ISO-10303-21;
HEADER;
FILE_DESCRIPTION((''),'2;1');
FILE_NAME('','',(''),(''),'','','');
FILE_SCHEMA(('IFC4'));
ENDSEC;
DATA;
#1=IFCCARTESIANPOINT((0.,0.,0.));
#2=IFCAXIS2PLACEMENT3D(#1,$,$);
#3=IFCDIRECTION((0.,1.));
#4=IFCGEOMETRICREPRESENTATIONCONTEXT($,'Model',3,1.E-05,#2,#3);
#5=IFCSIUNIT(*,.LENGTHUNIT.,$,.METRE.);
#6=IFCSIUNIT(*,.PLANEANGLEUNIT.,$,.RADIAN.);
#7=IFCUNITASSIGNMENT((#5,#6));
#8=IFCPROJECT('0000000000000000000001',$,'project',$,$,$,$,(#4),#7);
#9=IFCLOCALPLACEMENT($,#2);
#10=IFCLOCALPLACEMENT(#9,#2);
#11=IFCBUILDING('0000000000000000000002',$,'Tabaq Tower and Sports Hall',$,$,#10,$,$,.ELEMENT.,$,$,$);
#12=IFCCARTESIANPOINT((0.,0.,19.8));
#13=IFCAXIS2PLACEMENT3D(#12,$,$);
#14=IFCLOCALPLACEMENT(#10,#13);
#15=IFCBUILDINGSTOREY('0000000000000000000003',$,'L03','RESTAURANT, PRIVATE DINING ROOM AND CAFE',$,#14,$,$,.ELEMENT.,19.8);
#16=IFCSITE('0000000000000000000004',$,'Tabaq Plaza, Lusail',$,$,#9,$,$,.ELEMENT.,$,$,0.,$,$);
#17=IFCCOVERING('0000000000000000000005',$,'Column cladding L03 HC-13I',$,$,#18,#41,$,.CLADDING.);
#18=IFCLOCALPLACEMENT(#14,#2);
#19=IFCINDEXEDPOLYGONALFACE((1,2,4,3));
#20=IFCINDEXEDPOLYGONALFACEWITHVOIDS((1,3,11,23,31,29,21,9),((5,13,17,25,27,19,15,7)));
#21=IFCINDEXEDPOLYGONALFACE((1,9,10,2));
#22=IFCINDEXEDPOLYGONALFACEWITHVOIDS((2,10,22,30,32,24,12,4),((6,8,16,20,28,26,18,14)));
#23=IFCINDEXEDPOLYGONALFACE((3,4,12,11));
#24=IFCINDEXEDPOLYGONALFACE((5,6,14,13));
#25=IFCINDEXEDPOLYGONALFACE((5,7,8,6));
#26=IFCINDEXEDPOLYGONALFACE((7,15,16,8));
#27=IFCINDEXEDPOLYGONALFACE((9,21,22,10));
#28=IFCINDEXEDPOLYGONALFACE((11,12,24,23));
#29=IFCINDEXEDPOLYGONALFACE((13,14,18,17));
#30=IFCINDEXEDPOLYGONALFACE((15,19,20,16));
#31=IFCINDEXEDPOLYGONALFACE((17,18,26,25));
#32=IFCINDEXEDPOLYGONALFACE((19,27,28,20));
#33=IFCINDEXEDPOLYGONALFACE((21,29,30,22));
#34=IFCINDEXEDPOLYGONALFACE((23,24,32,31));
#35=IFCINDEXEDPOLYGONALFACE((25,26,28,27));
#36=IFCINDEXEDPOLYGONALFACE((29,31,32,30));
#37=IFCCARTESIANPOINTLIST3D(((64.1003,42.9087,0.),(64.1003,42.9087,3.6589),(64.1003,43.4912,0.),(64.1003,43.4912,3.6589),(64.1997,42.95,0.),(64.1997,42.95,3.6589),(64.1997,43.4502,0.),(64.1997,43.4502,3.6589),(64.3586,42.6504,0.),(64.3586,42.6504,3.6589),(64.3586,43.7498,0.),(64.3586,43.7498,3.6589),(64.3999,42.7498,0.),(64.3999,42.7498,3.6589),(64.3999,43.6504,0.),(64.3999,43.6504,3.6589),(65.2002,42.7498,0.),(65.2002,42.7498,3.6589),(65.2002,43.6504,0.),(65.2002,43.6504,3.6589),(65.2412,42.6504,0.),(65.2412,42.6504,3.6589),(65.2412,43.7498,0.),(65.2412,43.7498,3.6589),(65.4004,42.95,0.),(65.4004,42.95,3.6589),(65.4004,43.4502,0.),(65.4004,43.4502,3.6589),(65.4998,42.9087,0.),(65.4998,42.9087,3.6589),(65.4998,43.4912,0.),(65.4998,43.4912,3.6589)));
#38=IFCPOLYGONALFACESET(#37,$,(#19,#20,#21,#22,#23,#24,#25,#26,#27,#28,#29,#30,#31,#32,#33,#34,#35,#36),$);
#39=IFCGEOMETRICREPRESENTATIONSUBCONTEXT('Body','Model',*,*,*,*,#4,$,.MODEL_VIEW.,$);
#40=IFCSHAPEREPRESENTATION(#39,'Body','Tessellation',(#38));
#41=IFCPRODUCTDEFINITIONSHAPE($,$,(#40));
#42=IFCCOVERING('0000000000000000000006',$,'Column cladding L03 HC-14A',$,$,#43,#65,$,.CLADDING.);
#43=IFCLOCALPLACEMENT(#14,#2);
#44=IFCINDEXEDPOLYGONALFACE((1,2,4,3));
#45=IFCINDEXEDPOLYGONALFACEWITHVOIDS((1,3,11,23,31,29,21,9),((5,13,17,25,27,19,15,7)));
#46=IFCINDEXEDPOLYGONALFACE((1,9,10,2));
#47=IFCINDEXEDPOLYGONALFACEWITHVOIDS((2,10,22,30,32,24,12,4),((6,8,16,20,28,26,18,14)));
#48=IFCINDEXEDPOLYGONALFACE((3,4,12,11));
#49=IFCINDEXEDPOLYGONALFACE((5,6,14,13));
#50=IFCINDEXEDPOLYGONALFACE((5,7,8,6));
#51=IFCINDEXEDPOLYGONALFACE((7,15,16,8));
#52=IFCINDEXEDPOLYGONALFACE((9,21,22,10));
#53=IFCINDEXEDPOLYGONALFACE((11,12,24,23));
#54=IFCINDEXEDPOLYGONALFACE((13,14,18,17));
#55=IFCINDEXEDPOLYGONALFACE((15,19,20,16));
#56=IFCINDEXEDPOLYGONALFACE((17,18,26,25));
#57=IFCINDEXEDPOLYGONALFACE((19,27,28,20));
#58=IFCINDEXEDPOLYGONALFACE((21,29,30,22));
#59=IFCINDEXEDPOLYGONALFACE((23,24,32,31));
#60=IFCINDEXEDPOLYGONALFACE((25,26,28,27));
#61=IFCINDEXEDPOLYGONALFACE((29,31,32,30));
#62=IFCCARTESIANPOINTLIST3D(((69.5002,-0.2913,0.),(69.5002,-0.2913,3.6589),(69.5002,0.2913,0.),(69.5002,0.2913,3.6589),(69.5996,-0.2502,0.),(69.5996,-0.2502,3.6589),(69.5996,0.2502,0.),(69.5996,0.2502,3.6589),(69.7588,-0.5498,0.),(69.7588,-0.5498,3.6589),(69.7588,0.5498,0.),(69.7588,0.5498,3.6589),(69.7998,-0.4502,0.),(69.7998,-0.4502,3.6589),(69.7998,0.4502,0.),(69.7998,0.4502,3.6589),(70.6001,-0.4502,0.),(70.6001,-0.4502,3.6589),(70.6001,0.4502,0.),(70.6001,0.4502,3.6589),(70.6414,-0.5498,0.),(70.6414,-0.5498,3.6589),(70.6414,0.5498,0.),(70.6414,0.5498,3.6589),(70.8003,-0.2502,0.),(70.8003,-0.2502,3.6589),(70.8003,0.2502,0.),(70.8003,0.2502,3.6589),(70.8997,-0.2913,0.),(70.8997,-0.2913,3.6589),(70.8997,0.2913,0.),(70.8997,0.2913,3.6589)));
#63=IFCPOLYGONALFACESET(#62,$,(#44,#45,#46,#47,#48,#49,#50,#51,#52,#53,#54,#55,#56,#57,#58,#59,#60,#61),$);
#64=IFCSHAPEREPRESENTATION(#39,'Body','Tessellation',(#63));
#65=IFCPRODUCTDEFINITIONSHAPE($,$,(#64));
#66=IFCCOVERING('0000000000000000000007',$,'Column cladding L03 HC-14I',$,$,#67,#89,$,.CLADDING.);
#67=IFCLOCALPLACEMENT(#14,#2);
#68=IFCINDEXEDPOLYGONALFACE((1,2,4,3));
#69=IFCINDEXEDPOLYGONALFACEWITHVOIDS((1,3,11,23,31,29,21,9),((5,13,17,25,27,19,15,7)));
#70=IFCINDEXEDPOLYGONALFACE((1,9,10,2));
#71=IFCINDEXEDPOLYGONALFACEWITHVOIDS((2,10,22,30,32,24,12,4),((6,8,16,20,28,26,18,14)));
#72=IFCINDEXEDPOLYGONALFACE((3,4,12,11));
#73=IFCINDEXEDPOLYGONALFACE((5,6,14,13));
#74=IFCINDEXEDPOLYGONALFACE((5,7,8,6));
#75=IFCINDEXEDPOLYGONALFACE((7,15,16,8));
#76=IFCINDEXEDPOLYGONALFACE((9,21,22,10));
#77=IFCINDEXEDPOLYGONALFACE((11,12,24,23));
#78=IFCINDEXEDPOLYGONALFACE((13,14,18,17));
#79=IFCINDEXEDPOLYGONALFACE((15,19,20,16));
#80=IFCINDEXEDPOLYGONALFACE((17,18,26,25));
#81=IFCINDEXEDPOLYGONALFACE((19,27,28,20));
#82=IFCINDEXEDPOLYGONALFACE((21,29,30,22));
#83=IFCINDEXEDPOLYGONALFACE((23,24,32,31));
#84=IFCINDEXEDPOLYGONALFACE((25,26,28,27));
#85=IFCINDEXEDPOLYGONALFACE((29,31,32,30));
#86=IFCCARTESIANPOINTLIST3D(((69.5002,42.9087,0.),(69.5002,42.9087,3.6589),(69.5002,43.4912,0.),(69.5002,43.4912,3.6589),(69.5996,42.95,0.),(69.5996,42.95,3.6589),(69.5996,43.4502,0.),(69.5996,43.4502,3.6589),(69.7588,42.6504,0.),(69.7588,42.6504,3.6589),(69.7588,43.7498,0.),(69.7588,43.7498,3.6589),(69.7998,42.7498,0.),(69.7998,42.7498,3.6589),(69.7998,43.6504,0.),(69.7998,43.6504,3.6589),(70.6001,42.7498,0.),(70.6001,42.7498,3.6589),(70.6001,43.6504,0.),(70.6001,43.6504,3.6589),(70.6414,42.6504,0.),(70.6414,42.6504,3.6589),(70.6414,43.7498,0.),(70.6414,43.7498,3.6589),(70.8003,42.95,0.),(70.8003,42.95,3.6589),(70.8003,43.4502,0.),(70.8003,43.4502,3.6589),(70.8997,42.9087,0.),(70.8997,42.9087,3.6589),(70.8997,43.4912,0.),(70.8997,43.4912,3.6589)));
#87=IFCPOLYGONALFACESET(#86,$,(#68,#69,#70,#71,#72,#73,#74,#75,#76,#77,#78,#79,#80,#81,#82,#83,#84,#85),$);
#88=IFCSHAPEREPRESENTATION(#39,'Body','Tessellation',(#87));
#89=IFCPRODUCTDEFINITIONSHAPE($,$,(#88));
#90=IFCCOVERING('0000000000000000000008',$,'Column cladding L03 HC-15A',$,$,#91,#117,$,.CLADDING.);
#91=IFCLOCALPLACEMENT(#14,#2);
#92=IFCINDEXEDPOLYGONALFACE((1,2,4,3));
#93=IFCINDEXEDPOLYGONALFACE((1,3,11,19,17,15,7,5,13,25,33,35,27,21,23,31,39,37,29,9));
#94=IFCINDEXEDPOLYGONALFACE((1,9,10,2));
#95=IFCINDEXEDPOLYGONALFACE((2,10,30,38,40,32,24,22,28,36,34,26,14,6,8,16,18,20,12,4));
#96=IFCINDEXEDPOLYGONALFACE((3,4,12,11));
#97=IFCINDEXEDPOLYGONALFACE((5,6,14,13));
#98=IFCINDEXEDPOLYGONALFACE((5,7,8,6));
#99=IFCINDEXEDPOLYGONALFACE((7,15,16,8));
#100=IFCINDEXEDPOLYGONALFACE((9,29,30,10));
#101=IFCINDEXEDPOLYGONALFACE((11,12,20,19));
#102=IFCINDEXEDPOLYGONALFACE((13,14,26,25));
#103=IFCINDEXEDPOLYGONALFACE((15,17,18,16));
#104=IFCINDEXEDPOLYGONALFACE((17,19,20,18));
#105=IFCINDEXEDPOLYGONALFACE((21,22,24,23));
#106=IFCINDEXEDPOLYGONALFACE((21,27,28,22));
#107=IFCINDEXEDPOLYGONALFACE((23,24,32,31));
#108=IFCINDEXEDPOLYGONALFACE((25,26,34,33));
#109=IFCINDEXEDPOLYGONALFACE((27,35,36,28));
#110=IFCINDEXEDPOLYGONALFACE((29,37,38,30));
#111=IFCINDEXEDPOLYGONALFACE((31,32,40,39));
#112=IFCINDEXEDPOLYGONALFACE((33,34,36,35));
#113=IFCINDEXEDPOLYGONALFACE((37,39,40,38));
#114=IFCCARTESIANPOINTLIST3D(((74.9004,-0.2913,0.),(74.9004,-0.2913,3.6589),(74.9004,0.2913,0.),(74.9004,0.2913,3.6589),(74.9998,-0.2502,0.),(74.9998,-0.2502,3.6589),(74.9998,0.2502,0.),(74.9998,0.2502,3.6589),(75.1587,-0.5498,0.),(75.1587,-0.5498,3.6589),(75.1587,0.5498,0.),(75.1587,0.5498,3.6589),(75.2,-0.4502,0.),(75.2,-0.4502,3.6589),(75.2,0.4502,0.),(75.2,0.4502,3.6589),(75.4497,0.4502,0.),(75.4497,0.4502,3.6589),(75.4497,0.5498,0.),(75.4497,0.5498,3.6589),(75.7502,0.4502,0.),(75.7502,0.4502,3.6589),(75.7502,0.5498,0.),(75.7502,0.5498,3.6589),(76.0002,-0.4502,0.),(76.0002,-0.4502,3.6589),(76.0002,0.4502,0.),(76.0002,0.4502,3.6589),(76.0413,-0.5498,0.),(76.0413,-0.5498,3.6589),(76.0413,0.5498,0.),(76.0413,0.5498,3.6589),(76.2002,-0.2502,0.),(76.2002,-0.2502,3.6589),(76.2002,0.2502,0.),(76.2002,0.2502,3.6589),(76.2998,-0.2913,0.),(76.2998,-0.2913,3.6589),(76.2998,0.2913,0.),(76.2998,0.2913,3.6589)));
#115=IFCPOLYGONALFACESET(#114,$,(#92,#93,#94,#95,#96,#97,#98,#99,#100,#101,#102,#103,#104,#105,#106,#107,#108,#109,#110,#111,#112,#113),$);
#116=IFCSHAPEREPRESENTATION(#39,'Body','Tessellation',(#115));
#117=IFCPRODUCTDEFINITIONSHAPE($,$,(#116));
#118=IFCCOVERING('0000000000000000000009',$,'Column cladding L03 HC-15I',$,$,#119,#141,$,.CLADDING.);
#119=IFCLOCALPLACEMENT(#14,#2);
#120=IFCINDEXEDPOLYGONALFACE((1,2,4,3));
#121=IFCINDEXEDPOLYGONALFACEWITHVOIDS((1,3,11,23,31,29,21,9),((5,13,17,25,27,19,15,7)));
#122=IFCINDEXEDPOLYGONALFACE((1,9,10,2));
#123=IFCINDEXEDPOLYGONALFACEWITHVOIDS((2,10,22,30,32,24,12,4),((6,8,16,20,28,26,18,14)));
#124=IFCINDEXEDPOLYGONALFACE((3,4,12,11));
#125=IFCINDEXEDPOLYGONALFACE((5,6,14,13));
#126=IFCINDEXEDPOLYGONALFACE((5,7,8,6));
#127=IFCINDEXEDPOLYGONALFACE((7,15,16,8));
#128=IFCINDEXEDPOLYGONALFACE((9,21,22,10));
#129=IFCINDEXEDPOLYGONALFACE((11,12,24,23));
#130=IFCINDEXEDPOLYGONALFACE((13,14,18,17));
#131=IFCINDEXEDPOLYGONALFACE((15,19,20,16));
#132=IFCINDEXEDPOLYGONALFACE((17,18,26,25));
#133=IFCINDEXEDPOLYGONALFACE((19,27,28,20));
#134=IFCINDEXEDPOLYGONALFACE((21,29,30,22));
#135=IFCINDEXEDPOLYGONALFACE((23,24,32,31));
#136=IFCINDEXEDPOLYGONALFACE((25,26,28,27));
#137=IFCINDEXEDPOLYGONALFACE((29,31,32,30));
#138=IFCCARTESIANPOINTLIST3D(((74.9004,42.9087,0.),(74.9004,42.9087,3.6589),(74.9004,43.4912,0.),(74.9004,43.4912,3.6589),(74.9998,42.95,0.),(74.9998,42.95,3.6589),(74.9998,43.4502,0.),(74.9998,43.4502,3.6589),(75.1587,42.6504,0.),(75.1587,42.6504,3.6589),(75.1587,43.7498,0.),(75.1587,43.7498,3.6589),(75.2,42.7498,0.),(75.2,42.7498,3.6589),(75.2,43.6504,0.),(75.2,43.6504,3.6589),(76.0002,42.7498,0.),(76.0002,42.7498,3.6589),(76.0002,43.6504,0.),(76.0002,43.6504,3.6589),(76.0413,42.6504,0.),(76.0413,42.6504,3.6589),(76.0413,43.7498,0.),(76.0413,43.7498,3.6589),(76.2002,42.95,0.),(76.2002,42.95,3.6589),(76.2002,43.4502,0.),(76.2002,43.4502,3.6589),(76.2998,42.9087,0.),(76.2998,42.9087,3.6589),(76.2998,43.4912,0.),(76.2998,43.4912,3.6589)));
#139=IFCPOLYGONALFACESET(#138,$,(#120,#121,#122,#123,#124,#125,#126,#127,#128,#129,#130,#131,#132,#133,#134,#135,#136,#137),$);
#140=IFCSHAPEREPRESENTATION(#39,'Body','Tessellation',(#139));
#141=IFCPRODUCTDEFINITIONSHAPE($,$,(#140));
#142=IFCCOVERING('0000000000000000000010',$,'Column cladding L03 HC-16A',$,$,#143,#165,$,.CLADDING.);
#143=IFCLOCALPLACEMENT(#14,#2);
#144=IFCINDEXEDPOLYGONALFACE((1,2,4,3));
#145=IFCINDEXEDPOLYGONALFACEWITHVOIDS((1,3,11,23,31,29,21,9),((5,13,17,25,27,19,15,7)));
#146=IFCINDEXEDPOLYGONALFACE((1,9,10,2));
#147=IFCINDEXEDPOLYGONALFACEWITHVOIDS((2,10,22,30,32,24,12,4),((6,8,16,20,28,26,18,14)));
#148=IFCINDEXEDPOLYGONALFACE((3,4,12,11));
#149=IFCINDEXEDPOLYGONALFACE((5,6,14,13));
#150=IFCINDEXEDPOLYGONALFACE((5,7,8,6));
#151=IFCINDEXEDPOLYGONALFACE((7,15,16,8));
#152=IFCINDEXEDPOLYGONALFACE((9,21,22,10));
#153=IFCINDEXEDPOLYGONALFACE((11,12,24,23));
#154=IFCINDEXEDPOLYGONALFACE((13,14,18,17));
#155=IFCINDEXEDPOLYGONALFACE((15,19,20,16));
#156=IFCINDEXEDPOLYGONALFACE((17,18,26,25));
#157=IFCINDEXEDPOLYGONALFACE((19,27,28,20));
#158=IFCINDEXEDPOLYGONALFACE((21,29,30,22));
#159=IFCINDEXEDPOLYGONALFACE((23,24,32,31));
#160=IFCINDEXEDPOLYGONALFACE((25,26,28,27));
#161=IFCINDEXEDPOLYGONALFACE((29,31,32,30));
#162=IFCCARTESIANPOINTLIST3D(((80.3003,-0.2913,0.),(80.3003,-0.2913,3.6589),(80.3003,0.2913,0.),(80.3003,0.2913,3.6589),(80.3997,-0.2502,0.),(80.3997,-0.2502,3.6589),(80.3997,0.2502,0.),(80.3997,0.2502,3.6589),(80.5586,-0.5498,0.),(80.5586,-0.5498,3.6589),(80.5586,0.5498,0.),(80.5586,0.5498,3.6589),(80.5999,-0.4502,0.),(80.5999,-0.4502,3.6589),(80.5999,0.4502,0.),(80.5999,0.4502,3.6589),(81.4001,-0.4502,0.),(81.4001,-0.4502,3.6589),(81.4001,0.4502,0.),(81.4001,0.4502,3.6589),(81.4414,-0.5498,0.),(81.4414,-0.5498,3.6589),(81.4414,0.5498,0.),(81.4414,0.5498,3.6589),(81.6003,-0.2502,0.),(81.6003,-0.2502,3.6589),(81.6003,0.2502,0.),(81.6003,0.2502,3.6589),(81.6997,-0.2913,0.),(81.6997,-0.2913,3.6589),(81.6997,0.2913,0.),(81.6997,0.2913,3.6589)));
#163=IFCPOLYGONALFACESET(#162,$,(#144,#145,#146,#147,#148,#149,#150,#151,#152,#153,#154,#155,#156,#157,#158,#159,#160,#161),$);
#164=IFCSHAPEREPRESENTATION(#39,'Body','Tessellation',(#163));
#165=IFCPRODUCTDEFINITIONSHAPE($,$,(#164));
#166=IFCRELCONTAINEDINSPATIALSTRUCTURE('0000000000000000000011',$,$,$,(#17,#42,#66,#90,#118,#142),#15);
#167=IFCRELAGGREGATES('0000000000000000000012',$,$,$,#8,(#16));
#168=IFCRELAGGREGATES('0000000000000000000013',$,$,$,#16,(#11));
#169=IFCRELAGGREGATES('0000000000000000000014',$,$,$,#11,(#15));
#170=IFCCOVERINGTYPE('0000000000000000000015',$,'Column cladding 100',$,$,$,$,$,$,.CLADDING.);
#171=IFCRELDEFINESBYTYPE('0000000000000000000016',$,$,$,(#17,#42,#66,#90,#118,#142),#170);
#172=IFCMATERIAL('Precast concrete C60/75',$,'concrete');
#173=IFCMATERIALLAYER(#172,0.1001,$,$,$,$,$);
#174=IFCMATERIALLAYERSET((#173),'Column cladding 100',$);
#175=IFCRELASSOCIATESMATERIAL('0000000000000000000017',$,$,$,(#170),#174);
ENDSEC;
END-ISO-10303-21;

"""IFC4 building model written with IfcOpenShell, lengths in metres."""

from ifc_helpers import new_model, si_unit, direction, frame, origin, place, context, subcontext, project, spatial, polyline, outline, extrude, material, layer, layer_set, type_object, element, save


model = new_model("IFC4")

# Units and contexts
model_context = context("Model", 3, precision=1e-05, world=origin(), true_north=direction((0.0, 1.0)))
body_context = subcontext(model_context, "Body", "Model", "MODEL_VIEW")
ifc_project = project(units=[si_unit("LENGTHUNIT", "METRE"), si_unit("PLANEANGLEUNIT", "RADIAN")], contexts=[model_context])

# Site, building, storey
site_placement = place(None, origin())
site = spatial("IfcSite", under=ifc_project, at=site_placement, Name="Tabaq Plaza, Lusail", CompositionType="ELEMENT", RefElevation=0.0)
building_placement = place(site_placement, origin())
building = spatial("IfcBuilding", under=site, at=building_placement, Name="Tabaq Tower and Sports Hall", CompositionType="ELEMENT")
storey_placement = place(building_placement, frame((0.0, 0.0, 19.8)))
storey = spatial("IfcBuildingStorey", under=building, at=storey_placement, Name="L03", Description="RESTAURANT, PRIVATE DINING ROOM AND CAFE", CompositionType="ELEMENT", Elevation=19.8)

# Coverings
ifc_material_1 = material(Name="Precast concrete C60/75", Category="concrete")
ifc_layer_1 = layer(ifc_material_1, 0.1001)
ifc_layer_set_1 = layer_set([ifc_layer_1], Name="Column cladding 100")
covering_type = type_object("IfcCoveringType", Name="Column cladding 100", PredefinedType="CLADDING", material=ifc_layer_set_1)
covering_1_placement = place(storey_placement, origin())
element("IfcCovering", 1, at=covering_1_placement, inside=storey, type_object=covering_type, Name="Column cladding L03 HC-13I", PredefinedType="CLADDING", context=body_context, shape_type="SweptSolid", body=[
    extrude(outline(polyline([(64.1003, 42.9087), (64.1003, 43.4912), (64.3586, 43.7498), (65.2412, 43.7498), (65.4998, 43.4912), (65.4998, 42.9087), (65.2412, 42.6504), (64.3586, 42.6504), (64.1003, 42.9087)]), holes=[polyline([(65.2002, 42.7498), (65.4004, 42.95), (65.4004, 43.4502), (65.2002, 43.6504), (64.3999, 43.6504), (64.1997, 43.4502), (64.1997, 42.95), (64.3999, 42.7498), (65.2002, 42.7498)])]), origin(), (0.0, 0.0, 1.0), 3.6589),
])
covering_2_placement = place(storey_placement, origin())
element("IfcCovering", 2, at=covering_2_placement, inside=storey, type_object=covering_type, Name="Column cladding L03 HC-14A", PredefinedType="CLADDING", context=body_context, shape_type="SweptSolid", body=[
    extrude(outline(polyline([(69.5002, -0.2913), (69.5002, 0.2913), (69.7588, 0.5498), (70.6414, 0.5498), (70.8997, 0.2913), (70.8997, -0.2913), (70.6414, -0.5498), (69.7588, -0.5498), (69.5002, -0.2913)]), holes=[polyline([(70.6001, -0.4502), (70.8003, -0.2502), (70.8003, 0.2502), (70.6001, 0.4502), (69.7998, 0.4502), (69.5996, 0.2502), (69.5996, -0.2502), (69.7998, -0.4502), (70.6001, -0.4502)])]), origin(), (0.0, 0.0, 1.0), 3.6589),
])
covering_3_placement = place(storey_placement, origin())
element("IfcCovering", 3, at=covering_3_placement, inside=storey, type_object=covering_type, Name="Column cladding L03 HC-14I", PredefinedType="CLADDING", context=body_context, shape_type="SweptSolid", body=[
    extrude(outline(polyline([(69.5002, 42.9087), (69.5002, 43.4912), (69.7588, 43.7498), (70.6414, 43.7498), (70.8997, 43.4912), (70.8997, 42.9087), (70.6414, 42.6504), (69.7588, 42.6504), (69.5002, 42.9087)]), holes=[polyline([(70.6001, 42.7498), (70.8003, 42.95), (70.8003, 43.4502), (70.6001, 43.6504), (69.7998, 43.6504), (69.5996, 43.4502), (69.5996, 42.95), (69.7998, 42.7498), (70.6001, 42.7498)])]), origin(), (0.0, 0.0, 1.0), 3.6589),
])
covering_4_placement = place(storey_placement, origin())
element("IfcCovering", 4, at=covering_4_placement, inside=storey, type_object=covering_type, Name="Column cladding L03 HC-15A", PredefinedType="CLADDING", context=body_context, shape_type="SweptSolid", body=[
    extrude(outline(polyline([(74.9004, 0.2913), (75.1587, 0.5498), (75.4497, 0.5498), (75.4497, 0.4502), (75.2, 0.4502), (74.9998, 0.2502), (74.9998, -0.2502), (75.2, -0.4502), (76.0002, -0.4502), (76.2002, -0.2502), (76.2002, 0.2502), (76.0002, 0.4502), (75.7502, 0.4502), (75.7502, 0.5498), (76.0413, 0.5498), (76.2998, 0.2913), (76.2998, -0.2913), (76.0413, -0.5498), (75.1587, -0.5498), (74.9004, -0.2913), (74.9004, 0.2913)])), origin(), (0.0, 0.0, 1.0), 3.6589),
])
covering_5_placement = place(storey_placement, origin())
element("IfcCovering", 5, at=covering_5_placement, inside=storey, type_object=covering_type, Name="Column cladding L03 HC-15I", PredefinedType="CLADDING", context=body_context, shape_type="SweptSolid", body=[
    extrude(outline(polyline([(74.9004, 42.9087), (74.9004, 43.4912), (75.1587, 43.7498), (76.0413, 43.7498), (76.2998, 43.4912), (76.2998, 42.9087), (76.0413, 42.6504), (75.1587, 42.6504), (74.9004, 42.9087)]), holes=[polyline([(76.0002, 42.7498), (76.2002, 42.95), (76.2002, 43.4502), (76.0002, 43.6504), (75.2, 43.6504), (74.9998, 43.4502), (74.9998, 42.95), (75.2, 42.7498), (76.0002, 42.7498)])]), origin(), (0.0, 0.0, 1.0), 3.6589),
])
covering_6_placement = place(storey_placement, origin())
element("IfcCovering", 6, at=covering_6_placement, inside=storey, type_object=covering_type, Name="Column cladding L03 HC-16A", PredefinedType="CLADDING", context=body_context, shape_type="SweptSolid", body=[
    extrude(outline(polyline([(80.3003, -0.2913), (80.3003, 0.2913), (80.5586, 0.5498), (81.4414, 0.5498), (81.6997, 0.2913), (81.6997, -0.2913), (81.4414, -0.5498), (80.5586, -0.5498), (80.3003, -0.2913)]), holes=[polyline([(81.4001, -0.4502), (81.6003, -0.2502), (81.6003, 0.2502), (81.4001, 0.4502), (80.5999, 0.4502), (80.3997, 0.2502), (80.3997, -0.2502), (80.5999, -0.4502), (81.4001, -0.4502)])]), origin(), (0.0, 0.0, 1.0), 3.6589),
])

save(model, "model.ifc")
